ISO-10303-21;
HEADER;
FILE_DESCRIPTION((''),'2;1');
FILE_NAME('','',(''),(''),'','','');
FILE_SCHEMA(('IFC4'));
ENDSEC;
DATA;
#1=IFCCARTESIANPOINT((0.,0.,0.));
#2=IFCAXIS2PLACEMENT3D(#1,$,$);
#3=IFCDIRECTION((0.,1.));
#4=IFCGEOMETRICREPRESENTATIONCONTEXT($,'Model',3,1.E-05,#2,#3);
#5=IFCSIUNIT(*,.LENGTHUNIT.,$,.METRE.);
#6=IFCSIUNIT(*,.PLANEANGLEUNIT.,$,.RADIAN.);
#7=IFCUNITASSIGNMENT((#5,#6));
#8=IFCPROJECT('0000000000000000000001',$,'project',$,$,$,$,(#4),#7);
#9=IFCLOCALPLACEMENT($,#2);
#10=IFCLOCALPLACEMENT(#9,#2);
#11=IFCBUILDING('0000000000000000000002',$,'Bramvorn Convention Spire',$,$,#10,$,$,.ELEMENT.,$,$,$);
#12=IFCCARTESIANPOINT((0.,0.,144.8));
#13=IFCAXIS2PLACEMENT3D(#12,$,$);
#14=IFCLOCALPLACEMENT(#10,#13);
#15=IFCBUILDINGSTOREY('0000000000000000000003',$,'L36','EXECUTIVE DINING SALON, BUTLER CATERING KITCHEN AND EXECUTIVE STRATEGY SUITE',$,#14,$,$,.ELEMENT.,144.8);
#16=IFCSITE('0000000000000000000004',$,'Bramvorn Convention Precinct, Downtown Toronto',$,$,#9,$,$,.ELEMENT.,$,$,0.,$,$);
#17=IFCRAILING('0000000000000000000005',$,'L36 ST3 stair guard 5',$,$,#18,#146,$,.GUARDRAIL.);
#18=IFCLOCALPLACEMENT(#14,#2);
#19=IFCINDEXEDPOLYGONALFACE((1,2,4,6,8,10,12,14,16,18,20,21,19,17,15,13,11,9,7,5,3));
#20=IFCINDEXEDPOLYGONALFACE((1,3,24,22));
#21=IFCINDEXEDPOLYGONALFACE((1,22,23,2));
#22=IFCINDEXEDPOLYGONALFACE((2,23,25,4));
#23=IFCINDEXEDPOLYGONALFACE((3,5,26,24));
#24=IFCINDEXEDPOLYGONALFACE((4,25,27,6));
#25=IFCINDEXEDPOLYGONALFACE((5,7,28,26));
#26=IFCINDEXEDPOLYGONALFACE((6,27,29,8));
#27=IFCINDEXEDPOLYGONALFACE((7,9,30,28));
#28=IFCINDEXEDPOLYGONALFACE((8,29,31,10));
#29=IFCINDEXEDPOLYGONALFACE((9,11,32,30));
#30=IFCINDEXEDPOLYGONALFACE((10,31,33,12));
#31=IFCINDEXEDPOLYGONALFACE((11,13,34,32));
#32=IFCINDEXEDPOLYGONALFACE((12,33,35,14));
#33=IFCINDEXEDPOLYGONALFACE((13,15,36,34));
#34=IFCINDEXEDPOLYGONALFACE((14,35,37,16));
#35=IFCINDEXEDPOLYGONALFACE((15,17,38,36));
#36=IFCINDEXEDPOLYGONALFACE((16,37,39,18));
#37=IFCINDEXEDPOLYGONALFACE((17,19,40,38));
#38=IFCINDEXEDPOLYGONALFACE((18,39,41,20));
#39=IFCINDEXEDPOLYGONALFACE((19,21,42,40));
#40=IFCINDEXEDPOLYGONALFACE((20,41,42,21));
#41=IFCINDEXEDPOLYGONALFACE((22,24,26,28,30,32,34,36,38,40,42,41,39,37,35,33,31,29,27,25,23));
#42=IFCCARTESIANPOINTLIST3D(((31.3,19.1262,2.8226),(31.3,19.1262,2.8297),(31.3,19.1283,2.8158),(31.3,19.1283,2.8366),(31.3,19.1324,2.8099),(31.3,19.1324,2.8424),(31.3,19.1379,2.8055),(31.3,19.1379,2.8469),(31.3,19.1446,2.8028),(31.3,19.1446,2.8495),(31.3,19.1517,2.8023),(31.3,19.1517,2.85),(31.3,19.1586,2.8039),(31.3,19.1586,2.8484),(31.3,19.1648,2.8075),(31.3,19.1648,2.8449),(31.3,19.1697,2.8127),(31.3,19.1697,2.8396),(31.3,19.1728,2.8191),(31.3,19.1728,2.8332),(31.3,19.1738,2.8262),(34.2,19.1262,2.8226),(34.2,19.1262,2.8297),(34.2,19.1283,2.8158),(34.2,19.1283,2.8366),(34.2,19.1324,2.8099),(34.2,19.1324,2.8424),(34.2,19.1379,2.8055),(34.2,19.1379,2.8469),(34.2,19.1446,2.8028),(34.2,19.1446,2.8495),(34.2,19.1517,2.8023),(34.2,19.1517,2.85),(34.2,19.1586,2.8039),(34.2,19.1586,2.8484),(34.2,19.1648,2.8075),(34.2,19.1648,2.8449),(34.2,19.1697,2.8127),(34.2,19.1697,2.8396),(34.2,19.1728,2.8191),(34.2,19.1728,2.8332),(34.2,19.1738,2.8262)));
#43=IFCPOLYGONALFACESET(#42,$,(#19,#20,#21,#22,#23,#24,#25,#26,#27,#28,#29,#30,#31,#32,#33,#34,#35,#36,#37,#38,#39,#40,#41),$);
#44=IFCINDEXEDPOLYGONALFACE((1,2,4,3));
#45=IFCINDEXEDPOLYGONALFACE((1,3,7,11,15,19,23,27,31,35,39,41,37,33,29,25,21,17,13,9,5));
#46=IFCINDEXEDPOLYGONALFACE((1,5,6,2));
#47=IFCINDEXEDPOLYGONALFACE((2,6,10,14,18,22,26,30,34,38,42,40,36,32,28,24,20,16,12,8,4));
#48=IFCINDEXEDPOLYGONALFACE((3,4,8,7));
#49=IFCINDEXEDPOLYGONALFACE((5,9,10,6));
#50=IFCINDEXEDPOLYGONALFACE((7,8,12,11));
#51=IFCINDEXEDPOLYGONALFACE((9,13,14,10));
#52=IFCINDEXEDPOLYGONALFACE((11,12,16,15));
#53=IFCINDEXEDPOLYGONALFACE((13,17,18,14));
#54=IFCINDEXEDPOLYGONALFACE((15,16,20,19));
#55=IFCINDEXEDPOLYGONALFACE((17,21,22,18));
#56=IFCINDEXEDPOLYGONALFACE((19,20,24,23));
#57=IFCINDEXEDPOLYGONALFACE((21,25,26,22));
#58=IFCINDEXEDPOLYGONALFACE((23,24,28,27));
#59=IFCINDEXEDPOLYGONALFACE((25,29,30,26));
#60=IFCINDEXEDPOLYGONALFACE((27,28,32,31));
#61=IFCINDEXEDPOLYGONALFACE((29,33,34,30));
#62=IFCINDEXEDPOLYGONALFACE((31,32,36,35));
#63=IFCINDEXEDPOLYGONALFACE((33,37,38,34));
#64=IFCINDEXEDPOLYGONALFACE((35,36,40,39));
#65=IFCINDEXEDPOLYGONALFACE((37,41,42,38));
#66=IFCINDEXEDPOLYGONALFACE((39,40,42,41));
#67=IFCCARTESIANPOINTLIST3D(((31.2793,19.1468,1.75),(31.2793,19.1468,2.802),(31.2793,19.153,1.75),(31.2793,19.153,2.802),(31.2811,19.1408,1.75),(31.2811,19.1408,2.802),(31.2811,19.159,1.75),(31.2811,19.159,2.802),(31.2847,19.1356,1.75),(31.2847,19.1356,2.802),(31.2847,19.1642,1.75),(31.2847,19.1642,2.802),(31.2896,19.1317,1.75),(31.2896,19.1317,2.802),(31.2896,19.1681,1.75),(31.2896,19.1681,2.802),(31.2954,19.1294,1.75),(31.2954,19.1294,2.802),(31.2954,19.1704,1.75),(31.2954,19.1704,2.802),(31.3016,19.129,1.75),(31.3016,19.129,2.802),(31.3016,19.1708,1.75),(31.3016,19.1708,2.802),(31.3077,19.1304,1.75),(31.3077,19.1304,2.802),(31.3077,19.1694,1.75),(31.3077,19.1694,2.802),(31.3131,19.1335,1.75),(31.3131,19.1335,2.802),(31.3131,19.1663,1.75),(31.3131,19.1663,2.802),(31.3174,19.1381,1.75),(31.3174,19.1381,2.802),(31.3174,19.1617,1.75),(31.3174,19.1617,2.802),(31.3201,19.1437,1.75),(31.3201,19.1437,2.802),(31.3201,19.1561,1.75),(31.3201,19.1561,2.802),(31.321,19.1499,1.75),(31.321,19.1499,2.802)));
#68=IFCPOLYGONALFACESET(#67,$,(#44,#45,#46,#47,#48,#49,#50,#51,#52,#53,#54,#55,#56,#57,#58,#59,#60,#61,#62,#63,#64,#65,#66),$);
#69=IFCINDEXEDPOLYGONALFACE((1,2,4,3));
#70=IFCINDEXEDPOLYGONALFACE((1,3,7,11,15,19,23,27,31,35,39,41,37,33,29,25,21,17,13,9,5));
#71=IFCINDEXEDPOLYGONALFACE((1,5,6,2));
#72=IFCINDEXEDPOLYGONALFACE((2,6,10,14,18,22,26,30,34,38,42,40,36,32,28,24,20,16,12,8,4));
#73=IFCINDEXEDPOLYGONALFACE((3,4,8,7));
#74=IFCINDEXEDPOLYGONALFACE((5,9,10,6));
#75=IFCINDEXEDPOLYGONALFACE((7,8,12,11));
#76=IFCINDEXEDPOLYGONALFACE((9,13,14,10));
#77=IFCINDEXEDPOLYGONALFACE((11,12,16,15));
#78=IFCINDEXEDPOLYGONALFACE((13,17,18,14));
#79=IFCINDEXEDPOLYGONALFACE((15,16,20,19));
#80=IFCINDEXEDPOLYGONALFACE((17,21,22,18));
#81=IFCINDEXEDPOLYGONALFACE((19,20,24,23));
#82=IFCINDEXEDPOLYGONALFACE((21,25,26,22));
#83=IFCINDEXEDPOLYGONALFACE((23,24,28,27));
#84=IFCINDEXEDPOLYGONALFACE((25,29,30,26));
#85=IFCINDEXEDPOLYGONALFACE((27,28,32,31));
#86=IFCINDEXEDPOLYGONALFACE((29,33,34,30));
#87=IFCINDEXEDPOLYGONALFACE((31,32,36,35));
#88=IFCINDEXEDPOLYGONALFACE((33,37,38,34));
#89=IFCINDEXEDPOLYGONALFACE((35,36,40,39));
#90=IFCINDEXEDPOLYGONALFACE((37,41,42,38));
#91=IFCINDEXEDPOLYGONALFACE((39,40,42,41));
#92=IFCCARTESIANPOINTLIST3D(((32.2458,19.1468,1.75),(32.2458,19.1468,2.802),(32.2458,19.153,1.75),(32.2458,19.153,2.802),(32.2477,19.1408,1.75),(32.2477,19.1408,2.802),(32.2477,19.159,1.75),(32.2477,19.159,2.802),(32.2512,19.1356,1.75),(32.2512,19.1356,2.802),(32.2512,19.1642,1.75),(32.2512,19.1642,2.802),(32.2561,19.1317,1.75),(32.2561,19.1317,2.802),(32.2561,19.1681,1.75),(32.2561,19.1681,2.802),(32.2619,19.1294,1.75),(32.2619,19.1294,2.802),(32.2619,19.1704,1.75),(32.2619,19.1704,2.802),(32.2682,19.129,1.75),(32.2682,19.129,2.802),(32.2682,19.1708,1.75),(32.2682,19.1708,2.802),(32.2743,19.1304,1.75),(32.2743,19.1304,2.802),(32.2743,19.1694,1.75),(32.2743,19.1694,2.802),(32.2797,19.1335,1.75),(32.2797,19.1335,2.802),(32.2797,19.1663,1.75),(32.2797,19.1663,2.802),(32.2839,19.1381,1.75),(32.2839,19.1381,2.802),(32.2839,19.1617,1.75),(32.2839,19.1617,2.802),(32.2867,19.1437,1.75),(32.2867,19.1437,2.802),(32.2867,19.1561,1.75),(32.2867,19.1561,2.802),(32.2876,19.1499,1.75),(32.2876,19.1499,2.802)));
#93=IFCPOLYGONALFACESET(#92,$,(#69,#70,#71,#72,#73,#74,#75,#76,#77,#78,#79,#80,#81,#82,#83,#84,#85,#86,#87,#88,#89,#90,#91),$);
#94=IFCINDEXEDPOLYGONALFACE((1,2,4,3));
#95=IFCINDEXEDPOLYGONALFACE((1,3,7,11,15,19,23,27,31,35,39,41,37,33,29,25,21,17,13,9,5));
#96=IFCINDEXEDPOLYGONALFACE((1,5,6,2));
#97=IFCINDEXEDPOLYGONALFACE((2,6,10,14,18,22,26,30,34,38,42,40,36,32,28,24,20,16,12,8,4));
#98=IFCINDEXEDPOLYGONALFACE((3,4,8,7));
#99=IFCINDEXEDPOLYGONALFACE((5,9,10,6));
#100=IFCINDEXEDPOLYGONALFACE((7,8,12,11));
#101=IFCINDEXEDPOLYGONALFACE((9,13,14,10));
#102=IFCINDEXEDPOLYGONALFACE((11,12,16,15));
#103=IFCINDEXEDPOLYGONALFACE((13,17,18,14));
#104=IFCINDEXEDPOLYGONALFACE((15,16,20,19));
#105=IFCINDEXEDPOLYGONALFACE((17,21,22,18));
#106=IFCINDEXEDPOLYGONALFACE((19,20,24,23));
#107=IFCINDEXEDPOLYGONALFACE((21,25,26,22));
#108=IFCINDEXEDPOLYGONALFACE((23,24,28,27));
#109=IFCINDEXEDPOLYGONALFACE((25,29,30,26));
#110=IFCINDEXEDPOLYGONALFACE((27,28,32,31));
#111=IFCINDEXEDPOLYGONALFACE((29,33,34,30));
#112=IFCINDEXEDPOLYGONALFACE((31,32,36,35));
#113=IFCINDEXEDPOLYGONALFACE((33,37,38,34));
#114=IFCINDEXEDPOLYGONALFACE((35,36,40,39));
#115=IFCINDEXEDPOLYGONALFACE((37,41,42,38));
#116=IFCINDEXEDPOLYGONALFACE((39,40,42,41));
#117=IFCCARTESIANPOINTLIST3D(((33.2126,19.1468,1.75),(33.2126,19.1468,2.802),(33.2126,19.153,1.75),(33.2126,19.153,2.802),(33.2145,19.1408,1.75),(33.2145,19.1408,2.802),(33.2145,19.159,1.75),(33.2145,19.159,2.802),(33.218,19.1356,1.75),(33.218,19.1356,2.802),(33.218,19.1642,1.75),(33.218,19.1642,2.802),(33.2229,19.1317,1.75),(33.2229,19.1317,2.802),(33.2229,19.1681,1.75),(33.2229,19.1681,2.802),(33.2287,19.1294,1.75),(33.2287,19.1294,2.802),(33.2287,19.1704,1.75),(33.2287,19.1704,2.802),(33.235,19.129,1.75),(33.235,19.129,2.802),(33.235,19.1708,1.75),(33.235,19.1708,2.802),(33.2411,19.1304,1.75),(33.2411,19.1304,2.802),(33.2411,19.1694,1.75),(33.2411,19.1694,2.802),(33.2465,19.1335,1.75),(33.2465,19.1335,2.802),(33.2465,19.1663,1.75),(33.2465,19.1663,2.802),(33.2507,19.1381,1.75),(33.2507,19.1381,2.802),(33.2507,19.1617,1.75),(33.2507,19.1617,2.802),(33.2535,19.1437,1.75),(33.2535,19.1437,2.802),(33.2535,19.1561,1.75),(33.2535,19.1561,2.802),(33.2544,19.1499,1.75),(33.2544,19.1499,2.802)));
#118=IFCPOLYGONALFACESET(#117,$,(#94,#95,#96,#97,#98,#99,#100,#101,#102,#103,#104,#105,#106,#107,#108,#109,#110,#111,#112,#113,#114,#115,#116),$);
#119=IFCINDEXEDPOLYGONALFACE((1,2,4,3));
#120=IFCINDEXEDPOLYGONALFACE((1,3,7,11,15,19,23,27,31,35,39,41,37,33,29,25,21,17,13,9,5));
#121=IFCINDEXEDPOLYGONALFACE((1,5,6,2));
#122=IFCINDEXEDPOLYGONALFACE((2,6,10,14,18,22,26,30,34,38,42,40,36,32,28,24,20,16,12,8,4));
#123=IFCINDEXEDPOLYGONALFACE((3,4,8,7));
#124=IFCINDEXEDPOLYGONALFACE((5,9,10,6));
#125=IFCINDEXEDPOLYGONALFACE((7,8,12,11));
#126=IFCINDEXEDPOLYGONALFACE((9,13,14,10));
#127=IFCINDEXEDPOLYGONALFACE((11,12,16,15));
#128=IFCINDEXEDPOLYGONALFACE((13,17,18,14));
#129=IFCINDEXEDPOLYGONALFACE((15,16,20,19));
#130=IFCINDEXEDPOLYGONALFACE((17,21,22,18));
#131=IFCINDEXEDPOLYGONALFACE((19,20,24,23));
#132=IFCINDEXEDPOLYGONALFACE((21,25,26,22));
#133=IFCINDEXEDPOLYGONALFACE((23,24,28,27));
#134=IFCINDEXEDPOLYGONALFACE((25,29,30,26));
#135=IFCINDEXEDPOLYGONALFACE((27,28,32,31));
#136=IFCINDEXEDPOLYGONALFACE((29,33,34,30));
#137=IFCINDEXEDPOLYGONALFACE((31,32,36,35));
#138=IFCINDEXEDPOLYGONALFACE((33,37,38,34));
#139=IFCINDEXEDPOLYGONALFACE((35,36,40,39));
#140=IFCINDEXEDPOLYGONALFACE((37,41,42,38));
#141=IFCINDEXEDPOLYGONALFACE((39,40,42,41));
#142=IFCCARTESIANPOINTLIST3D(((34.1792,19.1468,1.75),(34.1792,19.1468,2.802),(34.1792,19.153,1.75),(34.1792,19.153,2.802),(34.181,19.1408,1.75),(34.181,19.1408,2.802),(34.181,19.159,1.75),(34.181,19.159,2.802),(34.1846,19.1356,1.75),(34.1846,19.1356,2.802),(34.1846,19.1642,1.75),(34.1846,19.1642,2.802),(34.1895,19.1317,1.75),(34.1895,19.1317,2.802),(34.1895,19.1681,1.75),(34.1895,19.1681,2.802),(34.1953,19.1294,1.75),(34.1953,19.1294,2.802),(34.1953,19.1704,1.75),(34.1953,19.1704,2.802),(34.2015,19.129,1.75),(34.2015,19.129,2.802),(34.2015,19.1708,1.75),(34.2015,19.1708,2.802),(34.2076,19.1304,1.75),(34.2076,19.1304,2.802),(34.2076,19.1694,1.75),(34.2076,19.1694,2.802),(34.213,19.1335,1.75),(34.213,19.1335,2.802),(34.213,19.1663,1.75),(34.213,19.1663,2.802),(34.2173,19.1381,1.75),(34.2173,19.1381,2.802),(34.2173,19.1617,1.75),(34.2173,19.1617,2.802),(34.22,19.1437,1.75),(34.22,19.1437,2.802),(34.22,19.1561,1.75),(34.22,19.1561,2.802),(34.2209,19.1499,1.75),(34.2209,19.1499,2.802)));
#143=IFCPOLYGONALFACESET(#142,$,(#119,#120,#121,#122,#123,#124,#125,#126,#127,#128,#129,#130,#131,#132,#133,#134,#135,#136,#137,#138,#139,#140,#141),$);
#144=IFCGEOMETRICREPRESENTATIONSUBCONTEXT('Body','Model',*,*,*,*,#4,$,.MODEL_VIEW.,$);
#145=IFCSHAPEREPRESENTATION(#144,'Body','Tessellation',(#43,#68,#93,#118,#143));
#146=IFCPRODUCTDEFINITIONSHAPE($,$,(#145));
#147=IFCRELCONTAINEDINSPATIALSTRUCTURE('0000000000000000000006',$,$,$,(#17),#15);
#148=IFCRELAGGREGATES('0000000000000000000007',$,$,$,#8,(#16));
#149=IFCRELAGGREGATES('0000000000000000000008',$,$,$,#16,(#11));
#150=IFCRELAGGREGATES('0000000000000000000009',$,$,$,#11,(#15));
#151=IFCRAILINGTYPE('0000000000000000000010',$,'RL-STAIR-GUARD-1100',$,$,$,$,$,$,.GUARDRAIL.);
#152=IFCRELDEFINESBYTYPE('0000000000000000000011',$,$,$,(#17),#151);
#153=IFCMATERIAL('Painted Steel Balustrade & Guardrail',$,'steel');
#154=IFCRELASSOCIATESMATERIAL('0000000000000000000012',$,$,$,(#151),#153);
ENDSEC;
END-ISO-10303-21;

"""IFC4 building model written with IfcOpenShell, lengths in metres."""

from ifc_helpers import new_model, si_unit, direction, frame, origin, origin_2d, place, context, subcontext, project, spatial, circle, extrude, material, type_object, element, save


model = new_model("IFC4")

# Units and contexts
model_context = context("Model", 3, precision=1e-05, world=origin(), true_north=direction((0.0, 1.0)))
body_context = subcontext(model_context, "Body", "Model", "MODEL_VIEW")
ifc_project = project(units=[si_unit("LENGTHUNIT", "METRE"), si_unit("PLANEANGLEUNIT", "RADIAN")], contexts=[model_context])

# Site, building, storey
site_placement = place(None, origin())
site = spatial("IfcSite", under=ifc_project, at=site_placement, Name="Bramvorn Convention Precinct, Downtown Toronto", CompositionType="ELEMENT", RefElevation=0.0)
building_placement = place(site_placement, origin())
building = spatial("IfcBuilding", under=site, at=building_placement, Name="Bramvorn Convention Spire", CompositionType="ELEMENT")
storey_placement = place(building_placement, frame((0.0, 0.0, 144.8)))
storey = spatial("IfcBuildingStorey", under=building, at=storey_placement, Name="L36", Description="EXECUTIVE DINING SALON, BUTLER CATERING KITCHEN AND EXECUTIVE STRATEGY SUITE", CompositionType="ELEMENT", Elevation=144.8)

# Railing
ifc_material_1 = material(Name="Painted Steel Balustrade & Guardrail", Category="steel")
railing_type_1 = type_object("IfcRailingType", Name="RL-STAIR-GUARD-1100", PredefinedType="GUARDRAIL", material=ifc_material_1)
railing_1_placement = place(storey_placement, frame((31.3, 19.1499, 1.75)))
element("IfcRailing", 1, at=railing_1_placement, inside=storey, type_object=railing_type_1, Name="L36 ST3 stair guard 5", PredefinedType="GUARDRAIL", context=body_context, shape_type="SweptSolid", body=[
    extrude(circle(Radius=0.0239, at=origin_2d()), frame((0.0, 0.0, 1.0762), z_axis=(1.0, 0.0, 0.0), x_axis=(0.0, 1.0, 0.0)), (0.0, 0.0, 1.0), 2.8999),
    extrude(circle(Radius=0.021, at=origin_2d()), origin(), (0.0, 0.0, 1.0), 1.052),
    extrude(circle(Radius=0.021, at=origin_2d()), frame((0.9666, 0.0, 0.0)), (0.0, 0.0, 1.0), 1.052),
    extrude(circle(Radius=0.021, at=origin_2d()), frame((1.9333, 0.0, 0.0)), (0.0, 0.0, 1.0), 1.052),
    extrude(circle(Radius=0.021, at=origin_2d()), frame((2.8999, 0.0, 0.0)), (0.0, 0.0, 1.0), 1.052),
])

save(model, "model.ifc")
